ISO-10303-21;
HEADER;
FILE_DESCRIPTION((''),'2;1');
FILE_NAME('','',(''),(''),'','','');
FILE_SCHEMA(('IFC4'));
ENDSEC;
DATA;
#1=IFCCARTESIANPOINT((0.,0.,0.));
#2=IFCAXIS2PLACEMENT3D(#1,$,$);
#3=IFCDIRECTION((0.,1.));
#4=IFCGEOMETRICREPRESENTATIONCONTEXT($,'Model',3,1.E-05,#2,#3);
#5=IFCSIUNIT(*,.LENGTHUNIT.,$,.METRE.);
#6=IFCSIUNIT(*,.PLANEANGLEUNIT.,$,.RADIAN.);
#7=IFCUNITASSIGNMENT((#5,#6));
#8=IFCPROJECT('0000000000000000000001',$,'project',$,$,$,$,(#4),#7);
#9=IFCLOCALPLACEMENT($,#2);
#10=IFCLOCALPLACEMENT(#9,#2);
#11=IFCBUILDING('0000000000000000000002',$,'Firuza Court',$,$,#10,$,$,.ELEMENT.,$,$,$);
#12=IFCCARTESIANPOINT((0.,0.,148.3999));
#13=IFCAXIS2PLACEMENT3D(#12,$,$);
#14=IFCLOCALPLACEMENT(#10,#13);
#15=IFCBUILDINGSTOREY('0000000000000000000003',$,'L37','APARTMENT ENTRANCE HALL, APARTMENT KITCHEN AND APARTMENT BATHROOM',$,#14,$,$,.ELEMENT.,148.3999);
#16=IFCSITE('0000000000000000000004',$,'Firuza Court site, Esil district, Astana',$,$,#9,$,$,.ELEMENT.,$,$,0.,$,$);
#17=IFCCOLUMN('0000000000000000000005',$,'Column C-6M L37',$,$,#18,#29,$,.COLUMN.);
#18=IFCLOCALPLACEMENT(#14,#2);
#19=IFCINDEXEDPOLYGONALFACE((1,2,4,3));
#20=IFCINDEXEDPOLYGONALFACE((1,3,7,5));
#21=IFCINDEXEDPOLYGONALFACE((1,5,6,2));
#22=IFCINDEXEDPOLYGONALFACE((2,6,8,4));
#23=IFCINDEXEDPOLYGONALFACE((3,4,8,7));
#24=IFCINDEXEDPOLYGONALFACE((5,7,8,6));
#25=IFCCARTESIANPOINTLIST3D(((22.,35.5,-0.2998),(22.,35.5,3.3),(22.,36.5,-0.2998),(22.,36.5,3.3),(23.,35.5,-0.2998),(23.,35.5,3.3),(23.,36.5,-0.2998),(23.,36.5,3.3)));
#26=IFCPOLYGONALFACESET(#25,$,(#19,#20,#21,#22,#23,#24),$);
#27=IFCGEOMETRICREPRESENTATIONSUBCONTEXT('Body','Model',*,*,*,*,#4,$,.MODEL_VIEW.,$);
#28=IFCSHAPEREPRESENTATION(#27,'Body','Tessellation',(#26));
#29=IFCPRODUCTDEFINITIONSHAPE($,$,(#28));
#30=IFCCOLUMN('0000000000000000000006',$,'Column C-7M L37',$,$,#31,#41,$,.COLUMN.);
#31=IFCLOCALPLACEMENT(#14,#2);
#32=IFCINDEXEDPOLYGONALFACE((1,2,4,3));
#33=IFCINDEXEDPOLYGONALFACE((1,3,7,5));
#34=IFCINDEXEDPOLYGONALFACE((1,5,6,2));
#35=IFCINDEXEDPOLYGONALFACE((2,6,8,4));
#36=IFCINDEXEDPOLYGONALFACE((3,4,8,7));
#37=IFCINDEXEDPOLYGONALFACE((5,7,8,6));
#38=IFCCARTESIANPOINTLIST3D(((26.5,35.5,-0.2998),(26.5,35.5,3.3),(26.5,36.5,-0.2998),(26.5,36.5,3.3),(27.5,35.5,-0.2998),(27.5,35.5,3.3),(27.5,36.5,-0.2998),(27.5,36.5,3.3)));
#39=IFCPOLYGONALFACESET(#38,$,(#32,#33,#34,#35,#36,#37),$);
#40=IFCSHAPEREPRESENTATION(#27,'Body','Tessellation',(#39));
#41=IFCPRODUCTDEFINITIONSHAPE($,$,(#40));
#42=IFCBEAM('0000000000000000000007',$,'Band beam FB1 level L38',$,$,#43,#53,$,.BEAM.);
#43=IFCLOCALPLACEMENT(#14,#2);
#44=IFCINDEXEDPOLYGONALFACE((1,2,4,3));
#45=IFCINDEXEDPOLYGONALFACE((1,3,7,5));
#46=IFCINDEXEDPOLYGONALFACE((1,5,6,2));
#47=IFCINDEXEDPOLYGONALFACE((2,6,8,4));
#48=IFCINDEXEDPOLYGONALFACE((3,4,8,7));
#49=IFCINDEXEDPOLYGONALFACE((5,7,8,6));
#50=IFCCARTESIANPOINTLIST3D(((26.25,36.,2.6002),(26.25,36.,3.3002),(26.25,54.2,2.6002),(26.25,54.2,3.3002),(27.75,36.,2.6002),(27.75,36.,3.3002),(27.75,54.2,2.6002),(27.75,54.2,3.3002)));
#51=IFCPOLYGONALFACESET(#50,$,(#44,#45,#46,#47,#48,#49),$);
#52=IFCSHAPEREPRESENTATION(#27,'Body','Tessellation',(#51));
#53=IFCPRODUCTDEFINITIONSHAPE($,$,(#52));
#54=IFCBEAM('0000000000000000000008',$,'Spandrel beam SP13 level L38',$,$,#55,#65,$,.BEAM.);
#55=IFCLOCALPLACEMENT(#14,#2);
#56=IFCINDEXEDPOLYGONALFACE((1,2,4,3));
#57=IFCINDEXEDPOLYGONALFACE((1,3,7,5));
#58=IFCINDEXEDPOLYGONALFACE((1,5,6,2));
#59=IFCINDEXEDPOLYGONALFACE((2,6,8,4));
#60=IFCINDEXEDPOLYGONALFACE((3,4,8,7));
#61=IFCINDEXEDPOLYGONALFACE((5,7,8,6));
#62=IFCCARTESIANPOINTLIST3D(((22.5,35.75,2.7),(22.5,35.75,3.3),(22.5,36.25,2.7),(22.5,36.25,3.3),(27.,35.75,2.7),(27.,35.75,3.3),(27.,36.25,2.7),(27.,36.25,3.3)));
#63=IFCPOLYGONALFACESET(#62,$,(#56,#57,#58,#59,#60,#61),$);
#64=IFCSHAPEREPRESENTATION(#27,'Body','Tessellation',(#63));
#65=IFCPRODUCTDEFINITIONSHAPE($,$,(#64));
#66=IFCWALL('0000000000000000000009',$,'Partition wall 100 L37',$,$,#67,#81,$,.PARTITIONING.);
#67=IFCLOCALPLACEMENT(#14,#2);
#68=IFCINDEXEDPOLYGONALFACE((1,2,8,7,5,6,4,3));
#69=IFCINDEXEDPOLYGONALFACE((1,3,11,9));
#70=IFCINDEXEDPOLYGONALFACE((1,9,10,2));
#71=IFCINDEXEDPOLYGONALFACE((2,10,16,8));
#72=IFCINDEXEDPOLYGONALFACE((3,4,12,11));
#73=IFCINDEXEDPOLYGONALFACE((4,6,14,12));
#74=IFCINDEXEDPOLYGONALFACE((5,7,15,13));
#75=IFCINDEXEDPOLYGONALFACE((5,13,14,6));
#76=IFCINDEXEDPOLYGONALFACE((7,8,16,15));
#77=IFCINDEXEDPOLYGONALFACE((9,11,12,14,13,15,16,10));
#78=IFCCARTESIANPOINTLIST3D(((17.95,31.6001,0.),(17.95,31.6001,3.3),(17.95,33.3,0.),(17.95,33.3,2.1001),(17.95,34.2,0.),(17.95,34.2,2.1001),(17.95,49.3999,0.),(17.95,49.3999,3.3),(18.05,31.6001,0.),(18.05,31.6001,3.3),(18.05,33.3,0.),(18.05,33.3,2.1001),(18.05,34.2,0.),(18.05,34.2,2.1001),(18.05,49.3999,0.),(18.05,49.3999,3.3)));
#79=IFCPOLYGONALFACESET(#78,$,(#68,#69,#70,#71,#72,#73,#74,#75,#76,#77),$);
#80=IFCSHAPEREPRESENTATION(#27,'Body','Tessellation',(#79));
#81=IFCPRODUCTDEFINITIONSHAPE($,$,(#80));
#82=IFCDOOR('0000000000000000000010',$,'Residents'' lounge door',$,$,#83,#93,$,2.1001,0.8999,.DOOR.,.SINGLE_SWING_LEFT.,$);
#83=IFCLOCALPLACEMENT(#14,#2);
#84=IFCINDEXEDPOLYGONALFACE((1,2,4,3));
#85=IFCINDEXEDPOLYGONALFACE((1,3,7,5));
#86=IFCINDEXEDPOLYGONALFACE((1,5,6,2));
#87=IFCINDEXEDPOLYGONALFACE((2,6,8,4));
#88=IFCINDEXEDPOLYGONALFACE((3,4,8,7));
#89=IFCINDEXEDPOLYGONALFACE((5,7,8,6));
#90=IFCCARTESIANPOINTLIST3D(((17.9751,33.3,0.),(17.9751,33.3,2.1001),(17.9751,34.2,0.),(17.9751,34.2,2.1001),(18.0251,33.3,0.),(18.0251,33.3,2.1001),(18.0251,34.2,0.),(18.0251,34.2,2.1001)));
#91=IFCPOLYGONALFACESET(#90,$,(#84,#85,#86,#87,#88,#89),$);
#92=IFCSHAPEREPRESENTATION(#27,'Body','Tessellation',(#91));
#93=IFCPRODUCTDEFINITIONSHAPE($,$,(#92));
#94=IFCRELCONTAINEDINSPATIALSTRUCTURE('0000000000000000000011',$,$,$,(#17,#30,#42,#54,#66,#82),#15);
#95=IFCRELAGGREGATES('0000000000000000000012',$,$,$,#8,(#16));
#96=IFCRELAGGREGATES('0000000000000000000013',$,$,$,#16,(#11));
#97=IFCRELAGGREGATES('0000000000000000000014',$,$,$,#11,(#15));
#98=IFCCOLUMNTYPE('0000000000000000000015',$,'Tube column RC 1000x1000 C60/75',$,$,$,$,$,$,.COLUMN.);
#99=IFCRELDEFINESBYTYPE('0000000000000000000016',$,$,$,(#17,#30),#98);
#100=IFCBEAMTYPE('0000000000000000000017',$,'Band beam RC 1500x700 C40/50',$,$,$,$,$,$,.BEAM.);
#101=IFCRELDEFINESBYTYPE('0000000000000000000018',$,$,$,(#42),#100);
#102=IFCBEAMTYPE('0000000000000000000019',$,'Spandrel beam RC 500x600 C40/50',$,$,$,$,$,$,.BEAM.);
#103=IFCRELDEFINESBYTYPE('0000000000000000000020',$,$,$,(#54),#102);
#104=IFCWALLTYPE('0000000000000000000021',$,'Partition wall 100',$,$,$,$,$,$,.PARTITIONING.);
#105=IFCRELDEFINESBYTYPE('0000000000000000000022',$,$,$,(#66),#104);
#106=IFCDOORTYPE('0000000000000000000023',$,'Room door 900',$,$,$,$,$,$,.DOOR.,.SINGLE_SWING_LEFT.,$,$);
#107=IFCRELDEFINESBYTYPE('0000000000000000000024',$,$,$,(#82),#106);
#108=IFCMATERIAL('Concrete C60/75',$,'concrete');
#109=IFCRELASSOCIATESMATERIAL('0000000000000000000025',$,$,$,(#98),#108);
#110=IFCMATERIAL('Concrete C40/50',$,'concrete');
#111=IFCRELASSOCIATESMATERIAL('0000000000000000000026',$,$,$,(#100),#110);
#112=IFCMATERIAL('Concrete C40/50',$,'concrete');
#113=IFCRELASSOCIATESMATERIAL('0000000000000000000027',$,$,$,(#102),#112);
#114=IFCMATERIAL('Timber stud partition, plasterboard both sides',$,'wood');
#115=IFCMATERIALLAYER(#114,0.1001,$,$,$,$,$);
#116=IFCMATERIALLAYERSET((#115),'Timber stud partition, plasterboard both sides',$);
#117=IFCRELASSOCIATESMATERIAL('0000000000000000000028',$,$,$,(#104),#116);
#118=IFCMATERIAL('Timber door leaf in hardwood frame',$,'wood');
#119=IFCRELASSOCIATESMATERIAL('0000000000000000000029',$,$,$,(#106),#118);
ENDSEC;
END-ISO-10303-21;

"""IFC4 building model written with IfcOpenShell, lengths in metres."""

from ifc_helpers import new_model, si_unit, direction, frame, frame_2d, origin, origin_2d, place, context, subcontext, project, spatial, rectangle, extrude, material, layer, layer_set, material_profile, profile_set, type_object, element, fill, save


model = new_model("IFC4")

# Units and contexts
model_context = context("Model", 3, precision=1e-05, world=origin(), true_north=direction((0.0, 1.0)))
body_context = subcontext(model_context, "Body", "Model", "MODEL_VIEW")
ifc_project = project(units=[si_unit("LENGTHUNIT", "METRE"), si_unit("PLANEANGLEUNIT", "RADIAN")], contexts=[model_context])

# Site, building, storey
site_placement = place(None, origin())
site = spatial("IfcSite", under=ifc_project, at=site_placement, Name="Firuza Court site, Esil district, Astana", CompositionType="ELEMENT", RefElevation=0.0)
building_placement = place(site_placement, origin())
building = spatial("IfcBuilding", under=site, at=building_placement, Name="Firuza Court", CompositionType="ELEMENT")
storey_placement = place(building_placement, frame((0.0, 0.0, 148.3999)))
storey = spatial("IfcBuildingStorey", under=building, at=storey_placement, Name="L37", Description="APARTMENT ENTRANCE HALL, APARTMENT KITCHEN AND APARTMENT BATHROOM", CompositionType="ELEMENT", Elevation=148.3999)

# Columns
ifc_material_1 = material(Name="Concrete C60/75", Category="concrete")
ifc_material_profile_1 = material_profile(ifc_material_1, rectangle(XDim=1.0, YDim=1.0, at=origin_2d()), Name="RC 1000x1000")
ifc_profile_set_1 = profile_set([ifc_material_profile_1], Name="Concrete C60/75")
column_type = type_object("IfcColumnType", Name="Tube column RC 1000x1000 C60/75", PredefinedType="COLUMN", material=ifc_profile_set_1)
for number, where, z_axis, x_axis, name in (
    (1, (22.5, 36.0, -0.2998), (0.0, 0.0, 1.0), (1.0, 0.0, 0.0), "Column C-6M L37"),
    (2, (27.0, 36.0, -0.2998), (0.0, 0.0, 1.0), (1.0, 0.0, 0.0), "Column C-7M L37"),
):
    element("IfcColumn", number, at=place(storey_placement, frame(where, z_axis=z_axis, x_axis=x_axis)), inside=storey, type_object=column_type, Name=name, PredefinedType="COLUMN", context=body_context, shape_type="SweptSolid", body=[
        extrude(rectangle(XDim=1.0, YDim=1.0, at=origin_2d()), origin(), (0.0, 0.0, 1.0), 3.5999),
    ])

# Beams
ifc_material_2 = material(Name="Concrete C40/50", Category="concrete")
ifc_material_profile_2 = material_profile(ifc_material_2, rectangle(XDim=1.5, YDim=0.7, at=origin_2d()), Name="RC 1500x700")
ifc_profile_set_2 = profile_set([ifc_material_profile_2], Name="Concrete C40/50")
beam_type_1 = type_object("IfcBeamType", Name="Band beam RC 1500x700 C40/50", PredefinedType="BEAM", material=ifc_profile_set_2)
beam_1_placement = place(storey_placement, frame((27.0, 36.0, 2.9502), z_axis=(0.0, 1.0, 0.0), x_axis=(-1.0, 0.0, 0.0)))
element("IfcBeam", 3, at=beam_1_placement, inside=storey, type_object=beam_type_1, Name="Band beam FB1 level L38", PredefinedType="BEAM", context=body_context, shape_type="SweptSolid", body=[
    extrude(rectangle(XDim=1.5, YDim=0.7, at=origin_2d()), origin(), (0.0, 0.0, 1.0), 18.2),
])
ifc_material_3 = material(Name="Concrete C40/50", Category="concrete")
ifc_material_profile_3 = material_profile(ifc_material_3, rectangle(XDim=0.5, YDim=0.6001, at=origin_2d()), Name="RC 500x600")
ifc_profile_set_3 = profile_set([ifc_material_profile_3], Name="Concrete C40/50")
beam_type_2 = type_object("IfcBeamType", Name="Spandrel beam RC 500x600 C40/50", PredefinedType="BEAM", material=ifc_profile_set_3)
beam_2_placement = place(storey_placement, frame((22.5, 36.0, 3.0), z_axis=(1.0, 0.0, 0.0), x_axis=(0.0, 1.0, 0.0)))
element("IfcBeam", 4, at=beam_2_placement, inside=storey, type_object=beam_type_2, Name="Spandrel beam SP13 level L38", PredefinedType="BEAM", context=body_context, shape_type="SweptSolid", body=[
    extrude(rectangle(XDim=0.5, YDim=0.6001, at=origin_2d()), origin(), (0.0, 0.0, 1.0), 4.5),
])

# Wall, opening, door
ifc_material_4 = material(Name="Timber stud partition, plasterboard both sides", Category="wood")
ifc_layer_1 = layer(ifc_material_4, 0.1001)
ifc_layer_set_1 = layer_set([ifc_layer_1], Name="Timber stud partition, plasterboard both sides")
wall_type_1 = type_object("IfcWallType", Name="Partition wall 100", PredefinedType="PARTITIONING", material=ifc_layer_set_1)
wall_1_placement = place(storey_placement, frame((18.0, 31.6001, 0.0), z_axis=(0.0, 0.0, 1.0), x_axis=(0.0, 1.0, 0.0)))
wall_1 = element("IfcWall", 5, at=wall_1_placement, inside=storey, type_object=wall_type_1, Name="Partition wall 100 L37", PredefinedType="PARTITIONING", context=body_context, shape_type="SweptSolid", body=[
    extrude(rectangle(XDim=17.7998, YDim=0.1001, at=frame_2d((8.8999, 0.0))), origin(), (0.0, 0.0, 1.0), 3.3),
])
opening_1_placement = place(wall_1_placement, frame((1.7, 0.0, 0.0)))
opening_1 = element("IfcOpeningElement", 6, at=opening_1_placement, cuts=wall_1, PredefinedType="OPENING", context=body_context, shape_type="SweptSolid", body=[
    extrude(rectangle(XDim=0.8999, YDim=2.1001, at=frame_2d((0.45, 1.05))), frame((0.0, 0.062, 0.0), z_axis=(0.0, -1.0, 0.0), x_axis=(1.0, 0.0, 0.0)), (0.0, 0.0, 1.0), 0.124),
])
ifc_material_5 = material(Name="Timber door leaf in hardwood frame", Category="wood")
door_type = type_object("IfcDoorType", Name="Room door 900", OperationType="SINGLE_SWING_LEFT", PredefinedType="DOOR", material=ifc_material_5)
door_placement = place(opening_1_placement, origin())
door = element("IfcDoor", 7, at=door_placement, inside=storey, type_object=door_type, Name="Residents' lounge door", OperationType="SINGLE_SWING_LEFT", OverallHeight=2.1001, OverallWidth=0.8999, PredefinedType="DOOR", context=body_context, shape_type="SweptSolid", body=[
    extrude(rectangle(XDim=0.8999, YDim=2.1001, at=frame_2d((0.45, 1.05))), frame((0.0, 0.0249, 0.0), z_axis=(0.0, -1.0, 0.0), x_axis=(1.0, 0.0, 0.0)), (0.0, 0.0, 1.0), 0.05),
])
fill(opening_1, door)

save(model, "model.ifc")
